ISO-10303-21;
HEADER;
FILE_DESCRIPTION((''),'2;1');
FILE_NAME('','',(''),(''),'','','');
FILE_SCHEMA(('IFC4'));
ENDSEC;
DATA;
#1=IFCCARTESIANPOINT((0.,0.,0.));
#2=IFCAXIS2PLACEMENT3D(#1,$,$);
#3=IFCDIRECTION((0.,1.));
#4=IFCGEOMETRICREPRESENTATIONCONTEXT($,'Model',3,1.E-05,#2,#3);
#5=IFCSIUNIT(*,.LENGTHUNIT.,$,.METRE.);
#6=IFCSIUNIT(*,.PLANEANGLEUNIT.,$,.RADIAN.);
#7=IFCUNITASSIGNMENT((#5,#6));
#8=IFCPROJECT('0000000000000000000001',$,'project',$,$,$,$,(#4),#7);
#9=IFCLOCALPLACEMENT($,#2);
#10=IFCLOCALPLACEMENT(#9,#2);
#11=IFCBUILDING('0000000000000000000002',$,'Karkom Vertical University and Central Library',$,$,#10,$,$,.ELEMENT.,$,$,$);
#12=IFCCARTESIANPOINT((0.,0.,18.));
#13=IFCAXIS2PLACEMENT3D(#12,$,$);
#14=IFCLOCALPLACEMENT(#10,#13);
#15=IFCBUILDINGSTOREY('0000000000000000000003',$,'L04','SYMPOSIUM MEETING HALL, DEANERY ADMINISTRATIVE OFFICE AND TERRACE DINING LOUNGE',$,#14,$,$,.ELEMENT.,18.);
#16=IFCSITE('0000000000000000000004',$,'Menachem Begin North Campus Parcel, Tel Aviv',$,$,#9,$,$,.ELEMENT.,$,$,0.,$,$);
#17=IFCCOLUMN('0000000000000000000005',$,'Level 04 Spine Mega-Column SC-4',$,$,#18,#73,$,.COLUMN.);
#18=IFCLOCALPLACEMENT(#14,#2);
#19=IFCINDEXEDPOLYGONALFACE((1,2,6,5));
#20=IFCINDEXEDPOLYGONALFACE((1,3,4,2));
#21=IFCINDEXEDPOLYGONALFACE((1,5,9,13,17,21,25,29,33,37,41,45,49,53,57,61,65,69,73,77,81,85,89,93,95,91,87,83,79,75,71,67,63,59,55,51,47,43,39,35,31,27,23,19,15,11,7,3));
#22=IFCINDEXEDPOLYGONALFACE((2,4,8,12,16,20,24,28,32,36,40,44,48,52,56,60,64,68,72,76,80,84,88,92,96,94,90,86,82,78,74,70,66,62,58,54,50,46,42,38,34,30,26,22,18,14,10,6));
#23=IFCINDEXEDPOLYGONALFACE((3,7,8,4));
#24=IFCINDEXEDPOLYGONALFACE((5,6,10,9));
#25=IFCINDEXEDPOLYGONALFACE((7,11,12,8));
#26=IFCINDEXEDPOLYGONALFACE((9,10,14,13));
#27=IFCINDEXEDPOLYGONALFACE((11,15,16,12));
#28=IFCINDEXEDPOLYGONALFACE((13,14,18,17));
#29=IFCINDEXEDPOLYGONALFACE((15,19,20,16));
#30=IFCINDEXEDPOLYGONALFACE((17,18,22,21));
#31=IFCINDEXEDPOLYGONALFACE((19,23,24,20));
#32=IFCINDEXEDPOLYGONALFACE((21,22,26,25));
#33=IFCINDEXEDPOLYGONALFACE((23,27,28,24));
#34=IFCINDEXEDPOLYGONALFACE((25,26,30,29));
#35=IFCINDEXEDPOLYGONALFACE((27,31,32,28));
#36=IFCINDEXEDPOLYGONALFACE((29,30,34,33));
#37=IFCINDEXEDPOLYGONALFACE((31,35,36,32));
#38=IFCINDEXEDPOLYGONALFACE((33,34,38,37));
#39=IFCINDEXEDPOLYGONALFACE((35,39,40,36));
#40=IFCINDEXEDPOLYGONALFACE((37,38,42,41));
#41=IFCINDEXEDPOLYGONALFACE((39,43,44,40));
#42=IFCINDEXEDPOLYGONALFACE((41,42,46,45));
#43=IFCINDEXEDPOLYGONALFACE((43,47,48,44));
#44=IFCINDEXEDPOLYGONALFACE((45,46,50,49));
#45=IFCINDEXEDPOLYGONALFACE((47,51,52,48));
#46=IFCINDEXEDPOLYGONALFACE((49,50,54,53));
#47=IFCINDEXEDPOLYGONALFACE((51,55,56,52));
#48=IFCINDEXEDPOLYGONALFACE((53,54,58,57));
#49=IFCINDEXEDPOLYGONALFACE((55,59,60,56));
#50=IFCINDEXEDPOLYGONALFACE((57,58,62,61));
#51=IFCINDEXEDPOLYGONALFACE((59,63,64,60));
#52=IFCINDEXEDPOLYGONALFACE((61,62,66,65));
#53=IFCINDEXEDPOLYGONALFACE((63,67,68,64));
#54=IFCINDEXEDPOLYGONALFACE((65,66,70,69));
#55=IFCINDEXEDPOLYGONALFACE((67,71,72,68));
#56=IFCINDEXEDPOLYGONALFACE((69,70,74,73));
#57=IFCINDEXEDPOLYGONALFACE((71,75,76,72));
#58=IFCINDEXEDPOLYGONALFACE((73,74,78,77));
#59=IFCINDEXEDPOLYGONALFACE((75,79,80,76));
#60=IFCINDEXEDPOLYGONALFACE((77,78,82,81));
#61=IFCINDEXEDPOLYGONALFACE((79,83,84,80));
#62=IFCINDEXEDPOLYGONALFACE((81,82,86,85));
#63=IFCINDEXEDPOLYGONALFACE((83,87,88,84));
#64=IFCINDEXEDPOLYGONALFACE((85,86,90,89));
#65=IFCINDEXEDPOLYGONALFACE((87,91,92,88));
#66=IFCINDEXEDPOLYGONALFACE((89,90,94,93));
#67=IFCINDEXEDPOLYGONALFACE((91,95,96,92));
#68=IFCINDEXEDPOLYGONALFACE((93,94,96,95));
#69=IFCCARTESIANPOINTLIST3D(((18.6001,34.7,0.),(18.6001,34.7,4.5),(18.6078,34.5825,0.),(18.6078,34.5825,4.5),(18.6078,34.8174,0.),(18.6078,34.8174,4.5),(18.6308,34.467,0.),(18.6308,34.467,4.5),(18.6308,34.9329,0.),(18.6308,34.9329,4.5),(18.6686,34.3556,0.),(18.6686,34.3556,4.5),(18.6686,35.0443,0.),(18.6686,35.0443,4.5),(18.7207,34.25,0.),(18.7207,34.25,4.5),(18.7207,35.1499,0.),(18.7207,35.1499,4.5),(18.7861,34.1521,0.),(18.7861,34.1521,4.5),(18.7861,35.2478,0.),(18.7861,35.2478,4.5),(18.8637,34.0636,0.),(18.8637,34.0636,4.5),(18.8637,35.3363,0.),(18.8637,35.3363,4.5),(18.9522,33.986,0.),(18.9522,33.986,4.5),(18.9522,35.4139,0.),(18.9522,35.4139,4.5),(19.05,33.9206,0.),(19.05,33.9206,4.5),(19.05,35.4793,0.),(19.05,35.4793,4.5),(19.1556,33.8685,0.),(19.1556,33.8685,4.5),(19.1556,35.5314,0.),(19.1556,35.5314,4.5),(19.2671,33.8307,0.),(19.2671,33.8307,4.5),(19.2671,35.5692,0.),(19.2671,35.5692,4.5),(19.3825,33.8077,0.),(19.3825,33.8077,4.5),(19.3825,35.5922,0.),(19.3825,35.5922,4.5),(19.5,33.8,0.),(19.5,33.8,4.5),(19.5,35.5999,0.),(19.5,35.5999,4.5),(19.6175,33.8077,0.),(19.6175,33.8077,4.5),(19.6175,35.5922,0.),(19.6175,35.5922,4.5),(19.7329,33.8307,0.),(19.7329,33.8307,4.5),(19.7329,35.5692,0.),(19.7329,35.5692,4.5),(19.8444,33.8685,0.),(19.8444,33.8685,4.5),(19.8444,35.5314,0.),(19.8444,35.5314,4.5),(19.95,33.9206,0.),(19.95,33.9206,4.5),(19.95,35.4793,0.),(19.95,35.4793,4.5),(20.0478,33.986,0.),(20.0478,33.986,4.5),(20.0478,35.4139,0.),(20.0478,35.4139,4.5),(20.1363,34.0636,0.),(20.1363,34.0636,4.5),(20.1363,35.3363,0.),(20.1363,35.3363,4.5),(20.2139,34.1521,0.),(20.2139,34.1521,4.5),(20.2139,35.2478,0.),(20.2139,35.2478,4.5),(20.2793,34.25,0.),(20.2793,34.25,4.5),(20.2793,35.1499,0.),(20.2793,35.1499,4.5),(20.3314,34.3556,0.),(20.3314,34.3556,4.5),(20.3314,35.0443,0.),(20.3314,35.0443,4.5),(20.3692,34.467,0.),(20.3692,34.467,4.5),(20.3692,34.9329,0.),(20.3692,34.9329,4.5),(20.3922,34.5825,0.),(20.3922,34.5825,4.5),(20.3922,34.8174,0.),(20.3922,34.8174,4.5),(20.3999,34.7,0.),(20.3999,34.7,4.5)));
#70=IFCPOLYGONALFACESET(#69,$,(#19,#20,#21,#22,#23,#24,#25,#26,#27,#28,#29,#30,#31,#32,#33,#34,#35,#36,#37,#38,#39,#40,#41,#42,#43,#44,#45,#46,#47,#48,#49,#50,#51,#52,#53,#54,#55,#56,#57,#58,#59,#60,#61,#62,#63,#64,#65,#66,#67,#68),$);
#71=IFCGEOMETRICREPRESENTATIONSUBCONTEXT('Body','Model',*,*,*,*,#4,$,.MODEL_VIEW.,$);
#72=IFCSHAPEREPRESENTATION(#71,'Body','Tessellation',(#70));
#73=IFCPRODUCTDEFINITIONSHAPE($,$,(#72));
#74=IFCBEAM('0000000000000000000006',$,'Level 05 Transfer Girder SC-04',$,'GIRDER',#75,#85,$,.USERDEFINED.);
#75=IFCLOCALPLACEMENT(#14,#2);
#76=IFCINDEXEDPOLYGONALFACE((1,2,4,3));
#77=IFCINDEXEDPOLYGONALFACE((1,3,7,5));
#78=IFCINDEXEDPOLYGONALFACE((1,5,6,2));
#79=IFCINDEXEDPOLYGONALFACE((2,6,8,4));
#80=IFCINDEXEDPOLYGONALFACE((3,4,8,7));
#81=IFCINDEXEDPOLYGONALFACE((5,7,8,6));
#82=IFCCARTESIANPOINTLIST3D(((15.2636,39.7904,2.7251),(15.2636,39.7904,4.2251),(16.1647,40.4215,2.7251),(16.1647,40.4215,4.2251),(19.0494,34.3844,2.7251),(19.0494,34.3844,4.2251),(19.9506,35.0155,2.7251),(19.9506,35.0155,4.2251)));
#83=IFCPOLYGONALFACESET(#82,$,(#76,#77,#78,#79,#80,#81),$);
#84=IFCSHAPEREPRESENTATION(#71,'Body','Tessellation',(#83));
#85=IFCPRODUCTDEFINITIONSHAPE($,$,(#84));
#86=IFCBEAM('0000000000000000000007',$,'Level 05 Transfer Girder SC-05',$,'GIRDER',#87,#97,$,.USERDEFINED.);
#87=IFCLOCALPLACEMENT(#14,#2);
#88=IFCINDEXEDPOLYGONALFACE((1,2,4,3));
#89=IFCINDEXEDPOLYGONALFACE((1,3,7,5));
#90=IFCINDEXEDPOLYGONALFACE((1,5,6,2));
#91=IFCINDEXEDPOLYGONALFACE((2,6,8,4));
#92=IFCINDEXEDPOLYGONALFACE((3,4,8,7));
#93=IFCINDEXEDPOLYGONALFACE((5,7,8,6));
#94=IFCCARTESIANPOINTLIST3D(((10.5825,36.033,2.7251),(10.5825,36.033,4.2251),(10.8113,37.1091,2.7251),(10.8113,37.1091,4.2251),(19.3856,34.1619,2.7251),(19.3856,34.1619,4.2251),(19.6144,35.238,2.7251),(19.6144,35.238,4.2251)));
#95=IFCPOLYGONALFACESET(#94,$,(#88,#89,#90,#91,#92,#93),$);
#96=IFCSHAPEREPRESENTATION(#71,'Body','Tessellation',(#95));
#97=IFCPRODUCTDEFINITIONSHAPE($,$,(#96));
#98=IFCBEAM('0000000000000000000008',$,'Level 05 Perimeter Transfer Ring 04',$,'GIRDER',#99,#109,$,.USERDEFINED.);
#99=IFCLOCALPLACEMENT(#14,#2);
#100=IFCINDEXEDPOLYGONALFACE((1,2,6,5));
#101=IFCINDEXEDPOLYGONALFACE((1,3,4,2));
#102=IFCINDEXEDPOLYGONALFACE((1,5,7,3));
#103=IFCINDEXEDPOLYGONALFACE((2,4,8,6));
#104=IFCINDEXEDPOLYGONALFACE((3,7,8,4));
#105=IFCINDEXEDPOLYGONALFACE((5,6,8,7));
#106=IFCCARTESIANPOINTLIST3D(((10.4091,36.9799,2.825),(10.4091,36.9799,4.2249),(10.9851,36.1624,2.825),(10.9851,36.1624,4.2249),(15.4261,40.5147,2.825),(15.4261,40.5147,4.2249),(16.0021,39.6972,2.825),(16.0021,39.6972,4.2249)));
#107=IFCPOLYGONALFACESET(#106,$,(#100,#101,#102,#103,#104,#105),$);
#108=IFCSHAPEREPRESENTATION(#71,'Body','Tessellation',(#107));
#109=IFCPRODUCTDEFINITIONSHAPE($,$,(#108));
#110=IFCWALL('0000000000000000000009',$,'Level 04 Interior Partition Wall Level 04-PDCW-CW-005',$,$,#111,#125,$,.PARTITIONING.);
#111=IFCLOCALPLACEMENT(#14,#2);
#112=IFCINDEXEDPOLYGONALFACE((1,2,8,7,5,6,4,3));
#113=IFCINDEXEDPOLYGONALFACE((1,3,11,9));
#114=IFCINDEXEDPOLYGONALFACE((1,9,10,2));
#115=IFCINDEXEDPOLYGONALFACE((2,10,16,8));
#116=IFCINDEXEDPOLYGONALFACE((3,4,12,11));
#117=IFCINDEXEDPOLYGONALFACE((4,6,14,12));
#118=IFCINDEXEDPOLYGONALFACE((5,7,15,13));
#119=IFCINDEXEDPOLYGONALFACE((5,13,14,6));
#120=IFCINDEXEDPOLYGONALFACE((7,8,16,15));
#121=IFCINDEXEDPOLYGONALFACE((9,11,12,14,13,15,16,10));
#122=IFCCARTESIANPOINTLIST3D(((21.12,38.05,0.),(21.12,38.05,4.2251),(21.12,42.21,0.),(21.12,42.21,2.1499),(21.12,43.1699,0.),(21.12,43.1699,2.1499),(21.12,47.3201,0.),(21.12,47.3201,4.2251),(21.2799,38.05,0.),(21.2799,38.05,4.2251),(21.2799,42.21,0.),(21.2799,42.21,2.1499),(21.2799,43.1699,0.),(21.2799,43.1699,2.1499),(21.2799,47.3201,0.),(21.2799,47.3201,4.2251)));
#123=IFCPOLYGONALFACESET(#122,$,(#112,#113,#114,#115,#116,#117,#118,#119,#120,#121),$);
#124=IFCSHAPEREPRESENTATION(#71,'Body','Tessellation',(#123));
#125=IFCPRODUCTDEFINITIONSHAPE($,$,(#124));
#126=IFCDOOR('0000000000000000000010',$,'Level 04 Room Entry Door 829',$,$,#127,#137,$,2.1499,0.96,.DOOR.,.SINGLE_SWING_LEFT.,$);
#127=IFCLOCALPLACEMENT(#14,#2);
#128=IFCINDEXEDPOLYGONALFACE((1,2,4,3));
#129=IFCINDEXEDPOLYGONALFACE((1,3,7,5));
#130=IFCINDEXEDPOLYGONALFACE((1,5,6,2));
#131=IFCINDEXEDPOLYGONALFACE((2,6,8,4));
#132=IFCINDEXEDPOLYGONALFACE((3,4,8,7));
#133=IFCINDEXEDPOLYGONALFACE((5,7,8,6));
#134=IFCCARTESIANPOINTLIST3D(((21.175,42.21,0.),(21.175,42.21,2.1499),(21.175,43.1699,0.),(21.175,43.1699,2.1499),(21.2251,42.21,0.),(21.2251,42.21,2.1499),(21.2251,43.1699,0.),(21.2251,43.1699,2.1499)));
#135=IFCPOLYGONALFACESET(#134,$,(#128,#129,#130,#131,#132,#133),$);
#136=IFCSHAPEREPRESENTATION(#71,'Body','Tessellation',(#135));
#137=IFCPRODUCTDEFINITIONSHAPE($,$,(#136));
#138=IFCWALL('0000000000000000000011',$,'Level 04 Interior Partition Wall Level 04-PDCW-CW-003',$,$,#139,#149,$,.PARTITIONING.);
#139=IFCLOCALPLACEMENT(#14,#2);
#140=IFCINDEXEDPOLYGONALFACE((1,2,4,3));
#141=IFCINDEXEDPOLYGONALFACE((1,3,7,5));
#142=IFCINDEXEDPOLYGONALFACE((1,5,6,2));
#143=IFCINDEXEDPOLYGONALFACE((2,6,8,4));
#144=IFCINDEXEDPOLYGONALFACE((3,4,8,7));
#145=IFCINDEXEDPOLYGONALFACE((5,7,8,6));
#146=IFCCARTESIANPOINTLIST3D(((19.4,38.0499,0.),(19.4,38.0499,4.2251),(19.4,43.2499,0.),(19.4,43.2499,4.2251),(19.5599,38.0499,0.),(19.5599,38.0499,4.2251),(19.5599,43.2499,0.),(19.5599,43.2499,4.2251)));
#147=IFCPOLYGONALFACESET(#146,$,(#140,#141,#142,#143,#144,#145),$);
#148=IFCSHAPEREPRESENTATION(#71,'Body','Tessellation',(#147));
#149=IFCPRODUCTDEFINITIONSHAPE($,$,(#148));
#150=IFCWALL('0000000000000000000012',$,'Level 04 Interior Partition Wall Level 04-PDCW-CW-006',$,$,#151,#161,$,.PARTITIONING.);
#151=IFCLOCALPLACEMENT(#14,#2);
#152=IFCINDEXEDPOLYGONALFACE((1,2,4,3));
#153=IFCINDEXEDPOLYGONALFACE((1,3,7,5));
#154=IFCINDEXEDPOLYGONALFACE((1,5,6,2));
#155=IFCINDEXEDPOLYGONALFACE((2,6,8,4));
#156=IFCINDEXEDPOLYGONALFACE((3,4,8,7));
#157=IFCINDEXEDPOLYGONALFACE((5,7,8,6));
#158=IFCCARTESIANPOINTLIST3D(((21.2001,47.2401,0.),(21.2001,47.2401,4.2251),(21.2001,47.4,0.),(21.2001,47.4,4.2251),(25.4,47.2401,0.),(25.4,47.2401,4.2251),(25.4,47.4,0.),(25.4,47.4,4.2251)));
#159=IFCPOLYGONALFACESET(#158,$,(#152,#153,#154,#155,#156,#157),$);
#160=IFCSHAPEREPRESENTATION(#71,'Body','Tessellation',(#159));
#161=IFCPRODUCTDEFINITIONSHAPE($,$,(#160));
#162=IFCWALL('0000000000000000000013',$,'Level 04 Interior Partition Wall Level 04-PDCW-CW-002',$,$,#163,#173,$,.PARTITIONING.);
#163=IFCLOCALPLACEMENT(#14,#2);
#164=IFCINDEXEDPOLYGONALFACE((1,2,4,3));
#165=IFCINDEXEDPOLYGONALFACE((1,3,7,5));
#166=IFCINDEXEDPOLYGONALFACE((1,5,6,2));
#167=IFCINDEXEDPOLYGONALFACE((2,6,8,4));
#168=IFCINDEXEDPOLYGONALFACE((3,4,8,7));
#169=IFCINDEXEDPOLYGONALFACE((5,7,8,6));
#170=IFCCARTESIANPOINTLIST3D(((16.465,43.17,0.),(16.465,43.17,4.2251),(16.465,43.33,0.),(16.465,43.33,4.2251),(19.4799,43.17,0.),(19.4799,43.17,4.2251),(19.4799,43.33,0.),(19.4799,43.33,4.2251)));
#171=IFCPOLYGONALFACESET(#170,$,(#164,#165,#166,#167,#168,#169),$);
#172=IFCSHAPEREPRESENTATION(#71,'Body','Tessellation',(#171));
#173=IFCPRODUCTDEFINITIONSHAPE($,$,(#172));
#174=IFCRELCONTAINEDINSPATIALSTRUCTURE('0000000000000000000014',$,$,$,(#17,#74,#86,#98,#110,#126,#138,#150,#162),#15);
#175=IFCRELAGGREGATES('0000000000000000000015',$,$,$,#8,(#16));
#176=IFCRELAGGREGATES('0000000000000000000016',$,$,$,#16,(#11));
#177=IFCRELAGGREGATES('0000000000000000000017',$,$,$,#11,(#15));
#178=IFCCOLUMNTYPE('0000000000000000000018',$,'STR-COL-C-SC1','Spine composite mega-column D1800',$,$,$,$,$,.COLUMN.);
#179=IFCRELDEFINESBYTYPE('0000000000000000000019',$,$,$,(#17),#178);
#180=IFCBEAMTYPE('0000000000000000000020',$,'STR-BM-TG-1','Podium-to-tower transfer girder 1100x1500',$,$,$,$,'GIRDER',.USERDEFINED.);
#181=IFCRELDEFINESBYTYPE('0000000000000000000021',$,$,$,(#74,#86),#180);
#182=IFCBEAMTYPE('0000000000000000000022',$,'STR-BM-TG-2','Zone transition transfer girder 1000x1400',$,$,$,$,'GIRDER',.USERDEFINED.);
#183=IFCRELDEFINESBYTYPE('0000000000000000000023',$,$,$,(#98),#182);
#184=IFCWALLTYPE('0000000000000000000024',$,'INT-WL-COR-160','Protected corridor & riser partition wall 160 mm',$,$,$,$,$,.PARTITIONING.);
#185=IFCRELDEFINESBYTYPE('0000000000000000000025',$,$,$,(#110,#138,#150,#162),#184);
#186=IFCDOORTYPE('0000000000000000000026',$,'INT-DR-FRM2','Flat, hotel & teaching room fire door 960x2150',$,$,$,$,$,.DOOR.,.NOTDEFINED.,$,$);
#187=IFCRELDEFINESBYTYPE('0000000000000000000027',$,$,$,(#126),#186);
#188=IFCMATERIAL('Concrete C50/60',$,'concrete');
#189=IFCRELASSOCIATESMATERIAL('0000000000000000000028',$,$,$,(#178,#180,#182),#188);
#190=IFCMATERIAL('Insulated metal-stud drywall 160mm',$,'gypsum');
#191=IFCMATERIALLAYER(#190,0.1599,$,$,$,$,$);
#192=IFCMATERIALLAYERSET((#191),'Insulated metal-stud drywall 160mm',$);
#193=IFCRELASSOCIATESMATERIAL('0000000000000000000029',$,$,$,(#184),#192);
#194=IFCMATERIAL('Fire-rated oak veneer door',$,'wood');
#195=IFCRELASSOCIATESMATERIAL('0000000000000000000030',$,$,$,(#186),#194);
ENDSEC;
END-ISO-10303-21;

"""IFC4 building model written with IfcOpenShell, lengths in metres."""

from ifc_helpers import new_model, si_unit, direction, frame, frame_2d, origin, origin_with_axes, origin_2d, place, context, subcontext, project, spatial, rectangle, circle, extrude, source, transform, mapped, material, layer, layer_set, material_profile, profile_set, type_object, element, fill, save


model = new_model("IFC4")

# Units and contexts
model_context = context("Model", 3, precision=1e-05, world=origin(), true_north=direction((0.0, 1.0)))
body_context = subcontext(model_context, "Body", "Model", "MODEL_VIEW")
ifc_project = project(units=[si_unit("LENGTHUNIT", "METRE"), si_unit("PLANEANGLEUNIT", "RADIAN")], contexts=[model_context])

# Site, building, storey
site_placement = place(None, origin())
site = spatial("IfcSite", under=ifc_project, at=site_placement, Name="Menachem Begin North Campus Parcel, Tel Aviv", CompositionType="ELEMENT", RefElevation=0.0)
building_placement = place(site_placement, origin())
building = spatial("IfcBuilding", under=site, at=building_placement, Name="Karkom Vertical University and Central Library", CompositionType="ELEMENT")
storey_placement = place(building_placement, frame((0.0, 0.0, 18.0)))
storey = spatial("IfcBuildingStorey", under=building, at=storey_placement, Name="L04", Description="SYMPOSIUM MEETING HALL, DEANERY ADMINISTRATIVE OFFICE AND TERRACE DINING LOUNGE", CompositionType="ELEMENT", Elevation=18.0)

# Column
ifc_material_1 = material(Name="Concrete C50/60", Category="concrete")
ifc_material_profile_1 = material_profile(ifc_material_1, circle(Radius=0.8999, at=origin_2d()), Name="CFT-D1800")
ifc_profile_set_1 = profile_set([ifc_material_profile_1], Name="Concrete C50/60")
column_type = type_object("IfcColumnType", Name="STR-COL-C-SC1", Description="Spine composite mega-column D1800", PredefinedType="COLUMN", material=ifc_profile_set_1)
shared_shape_1 = source(origin_with_axes(), body_context, "Body", "SweptSolid", [
    extrude(circle(Radius=0.8999, at=origin_2d()), origin(), (0.0, 0.0, 1.0), 4.5),
])
column_placement = place(storey_placement, frame((19.5, 34.7, 0.0), z_axis=(0.0, 0.0, 1.0), x_axis=(1.0, 0.0, 0.0)))
element("IfcColumn", 1, at=column_placement, inside=storey, type_object=column_type, Name="Level 04 Spine Mega-Column SC-4", PredefinedType="COLUMN", context=body_context, shape_type="MappedRepresentation", body=[
    mapped(shared_shape_1, transform((0.0, 0.0, 0.0), scale=1.0)),
])

# Beams
ifc_material_profile_2 = material_profile(ifc_material_1, rectangle(XDim=1.1001, YDim=1.5, at=origin_2d()), Name="TG-1100x1500")
ifc_profile_set_2 = profile_set([ifc_material_profile_2], Name="Concrete C50/60")
beam_type_1 = type_object("IfcBeamType", Name="STR-BM-TG-1", Description="Podium-to-tower transfer girder 1100x1500", ElementType="GIRDER", PredefinedType="USERDEFINED", material=ifc_profile_set_2)
shared_shape_2 = source(origin_with_axes(), body_context, "Body", "SweptSolid", [
    extrude(rectangle(XDim=1.1001, YDim=1.5, at=origin_2d()), origin(), (0.0, 0.0, 1.0), 6.5999),
])
beam_1_placement = place(storey_placement, frame((19.5, 34.7, 3.4751), z_axis=(-0.573634, 0.819112, 0.0), x_axis=(-0.819112, -0.573634, 0.0)))
element("IfcBeam", 2, at=beam_1_placement, inside=storey, type_object=beam_type_1, Name="Level 05 Transfer Girder SC-04", ObjectType="GIRDER", PredefinedType="USERDEFINED", context=body_context, shape_type="MappedRepresentation", body=[
    mapped(shared_shape_2, transform((0.0, 0.0, 0.0), scale=1.0)),
])
shared_shape_3 = source(origin_with_axes(), body_context, "Body", "SweptSolid", [
    extrude(rectangle(XDim=1.1001, YDim=1.5, at=origin_2d()), origin(), (0.0, 0.0, 1.0), 8.9998),
])
beam_2_placement = place(storey_placement, frame((19.5, 34.7, 3.4751), z_axis=(-0.978148, 0.207908, 0.0), x_axis=(-0.207908, -0.978148, 0.0)))
element("IfcBeam", 3, at=beam_2_placement, inside=storey, type_object=beam_type_1, Name="Level 05 Transfer Girder SC-05", ObjectType="GIRDER", PredefinedType="USERDEFINED", context=body_context, shape_type="MappedRepresentation", body=[
    mapped(shared_shape_3, transform((0.0, 0.0, 0.0), scale=1.0)),
])
ifc_material_profile_3 = material_profile(ifc_material_1, rectangle(XDim=1.0, YDim=1.3999, at=origin_2d()), Name="TG-1000x1400")
ifc_profile_set_3 = profile_set([ifc_material_profile_3], Name="Concrete C50/60")
beam_type_2 = type_object("IfcBeamType", Name="STR-BM-TG-2", Description="Zone transition transfer girder 1000x1400", ElementType="GIRDER", PredefinedType="USERDEFINED", material=ifc_profile_set_3)
shared_shape_4 = source(origin_with_axes(), body_context, "Body", "SweptSolid", [
    extrude(rectangle(XDim=1.0, YDim=1.3999, at=origin_2d()), origin(), (0.0, 0.0, 1.0), 6.1372),
])
beam_3_placement = place(storey_placement, frame((15.7141, 40.106, 3.5249), z_axis=(-0.817471, -0.575969, 0.0), x_axis=(0.575969, -0.817471, 0.0)))
element("IfcBeam", 4, at=beam_3_placement, inside=storey, type_object=beam_type_2, Name="Level 05 Perimeter Transfer Ring 04", ObjectType="GIRDER", PredefinedType="USERDEFINED", context=body_context, shape_type="MappedRepresentation", body=[
    mapped(shared_shape_4, transform((0.0, 0.0, 0.0), scale=1.0)),
])

# Wall, opening, door
ifc_material_2 = material(Name="Insulated metal-stud drywall 160mm", Category="gypsum")
ifc_layer_1 = layer(ifc_material_2, 0.1599)
ifc_layer_set_1 = layer_set([ifc_layer_1], Name="Insulated metal-stud drywall 160mm")
wall_type_1 = type_object("IfcWallType", Name="INT-WL-COR-160", Description="Protected corridor & riser partition wall 160 mm", PredefinedType="PARTITIONING", material=ifc_layer_set_1)
wall_1_placement = place(storey_placement, frame((21.2, 38.05, 0.0), z_axis=(0.0, 0.0, 1.0), x_axis=(0.0, 1.0, 0.0)))
wall_1 = element("IfcWall", 5, at=wall_1_placement, inside=storey, type_object=wall_type_1, Name="Level 04 Interior Partition Wall Level 04-PDCW-CW-005", PredefinedType="PARTITIONING", context=body_context, shape_type="SweptSolid", body=[
    extrude(rectangle(XDim=9.27, YDim=0.1599, at=frame_2d((4.635, 0.0))), origin(), (0.0, 0.0, 1.0), 4.2251),
])
opening_1_placement = place(wall_1_placement, frame((4.1599, 0.0, 0.0)))
opening_1 = element("IfcOpeningElement", 6, at=opening_1_placement, cuts=wall_1, PredefinedType="OPENING", context=body_context, shape_type="SweptSolid", body=[
    extrude(rectangle(XDim=0.96, YDim=2.1499, at=frame_2d((0.48, 1.075))), frame((0.0, 0.0898, 0.0), z_axis=(0.0, -1.0, 0.0), x_axis=(1.0, 0.0, 0.0)), (0.0, 0.0, 1.0), 0.1799),
])
ifc_material_3 = material(Name="Fire-rated oak veneer door", Category="wood")
door_type_1 = type_object("IfcDoorType", Name="INT-DR-FRM2", Description="Flat, hotel & teaching room fire door 960x2150", OperationType="NOTDEFINED", PredefinedType="DOOR", material=ifc_material_3)
shared_shape_5 = source(origin_with_axes(), body_context, "Body", "SweptSolid", [
    extrude(rectangle(XDim=0.96, YDim=2.1499, at=frame_2d((0.48, 1.075))), frame((0.0, 0.0249, 0.0), z_axis=(0.0, -1.0, 0.0), x_axis=(1.0, 0.0, 0.0)), (0.0, 0.0, 1.0), 0.05),
])
door_1_placement = place(opening_1_placement, origin())
door_1 = element("IfcDoor", 7, at=door_1_placement, inside=storey, type_object=door_type_1, Name="Level 04 Room Entry Door 829", OperationType="SINGLE_SWING_LEFT", OverallHeight=2.1499, OverallWidth=0.96, PredefinedType="DOOR", context=body_context, shape_type="MappedRepresentation", body=[
    mapped(shared_shape_5, transform((0.0, 0.0, 0.0), scale=1.0)),
])
fill(opening_1, door_1)

# Walls
wall_2_placement = place(storey_placement, frame((19.48, 43.25, 0.0), z_axis=(0.0, 0.0, 1.0), x_axis=(0.0, -1.0, 0.0)))
element("IfcWall", 8, at=wall_2_placement, inside=storey, type_object=wall_type_1, Name="Level 04 Interior Partition Wall Level 04-PDCW-CW-003", PredefinedType="PARTITIONING", context=body_context, shape_type="SweptSolid", body=[
    extrude(rectangle(XDim=5.2, YDim=0.1599, at=frame_2d((2.6001, 0.0))), origin(), (0.0, 0.0, 1.0), 4.2251),
])
wall_3_placement = place(storey_placement, frame((21.2, 47.3201, 0.0), z_axis=(0.0, 0.0, 1.0), x_axis=(1.0, 0.0, 0.0)))
element("IfcWall", 9, at=wall_3_placement, inside=storey, type_object=wall_type_1, Name="Level 04 Interior Partition Wall Level 04-PDCW-CW-006", PredefinedType="PARTITIONING", context=body_context, shape_type="SweptSolid", body=[
    extrude(rectangle(XDim=4.2, YDim=0.1599, at=frame_2d((2.1001, 0.0))), origin(), (0.0, 0.0, 1.0), 4.2251),
])
wall_4_placement = place(storey_placement, frame((16.4651, 43.25, 0.0), z_axis=(0.0, 0.0, 1.0), x_axis=(1.0, 0.0, 0.0)))
element("IfcWall", 10, at=wall_4_placement, inside=storey, type_object=wall_type_1, Name="Level 04 Interior Partition Wall Level 04-PDCW-CW-002", PredefinedType="PARTITIONING", context=body_context, shape_type="SweptSolid", body=[
    extrude(rectangle(XDim=3.0149, YDim=0.1599, at=frame_2d((1.5073, 0.0))), origin(), (0.0, 0.0, 1.0), 4.2251),
])

save(model, "model.ifc")
